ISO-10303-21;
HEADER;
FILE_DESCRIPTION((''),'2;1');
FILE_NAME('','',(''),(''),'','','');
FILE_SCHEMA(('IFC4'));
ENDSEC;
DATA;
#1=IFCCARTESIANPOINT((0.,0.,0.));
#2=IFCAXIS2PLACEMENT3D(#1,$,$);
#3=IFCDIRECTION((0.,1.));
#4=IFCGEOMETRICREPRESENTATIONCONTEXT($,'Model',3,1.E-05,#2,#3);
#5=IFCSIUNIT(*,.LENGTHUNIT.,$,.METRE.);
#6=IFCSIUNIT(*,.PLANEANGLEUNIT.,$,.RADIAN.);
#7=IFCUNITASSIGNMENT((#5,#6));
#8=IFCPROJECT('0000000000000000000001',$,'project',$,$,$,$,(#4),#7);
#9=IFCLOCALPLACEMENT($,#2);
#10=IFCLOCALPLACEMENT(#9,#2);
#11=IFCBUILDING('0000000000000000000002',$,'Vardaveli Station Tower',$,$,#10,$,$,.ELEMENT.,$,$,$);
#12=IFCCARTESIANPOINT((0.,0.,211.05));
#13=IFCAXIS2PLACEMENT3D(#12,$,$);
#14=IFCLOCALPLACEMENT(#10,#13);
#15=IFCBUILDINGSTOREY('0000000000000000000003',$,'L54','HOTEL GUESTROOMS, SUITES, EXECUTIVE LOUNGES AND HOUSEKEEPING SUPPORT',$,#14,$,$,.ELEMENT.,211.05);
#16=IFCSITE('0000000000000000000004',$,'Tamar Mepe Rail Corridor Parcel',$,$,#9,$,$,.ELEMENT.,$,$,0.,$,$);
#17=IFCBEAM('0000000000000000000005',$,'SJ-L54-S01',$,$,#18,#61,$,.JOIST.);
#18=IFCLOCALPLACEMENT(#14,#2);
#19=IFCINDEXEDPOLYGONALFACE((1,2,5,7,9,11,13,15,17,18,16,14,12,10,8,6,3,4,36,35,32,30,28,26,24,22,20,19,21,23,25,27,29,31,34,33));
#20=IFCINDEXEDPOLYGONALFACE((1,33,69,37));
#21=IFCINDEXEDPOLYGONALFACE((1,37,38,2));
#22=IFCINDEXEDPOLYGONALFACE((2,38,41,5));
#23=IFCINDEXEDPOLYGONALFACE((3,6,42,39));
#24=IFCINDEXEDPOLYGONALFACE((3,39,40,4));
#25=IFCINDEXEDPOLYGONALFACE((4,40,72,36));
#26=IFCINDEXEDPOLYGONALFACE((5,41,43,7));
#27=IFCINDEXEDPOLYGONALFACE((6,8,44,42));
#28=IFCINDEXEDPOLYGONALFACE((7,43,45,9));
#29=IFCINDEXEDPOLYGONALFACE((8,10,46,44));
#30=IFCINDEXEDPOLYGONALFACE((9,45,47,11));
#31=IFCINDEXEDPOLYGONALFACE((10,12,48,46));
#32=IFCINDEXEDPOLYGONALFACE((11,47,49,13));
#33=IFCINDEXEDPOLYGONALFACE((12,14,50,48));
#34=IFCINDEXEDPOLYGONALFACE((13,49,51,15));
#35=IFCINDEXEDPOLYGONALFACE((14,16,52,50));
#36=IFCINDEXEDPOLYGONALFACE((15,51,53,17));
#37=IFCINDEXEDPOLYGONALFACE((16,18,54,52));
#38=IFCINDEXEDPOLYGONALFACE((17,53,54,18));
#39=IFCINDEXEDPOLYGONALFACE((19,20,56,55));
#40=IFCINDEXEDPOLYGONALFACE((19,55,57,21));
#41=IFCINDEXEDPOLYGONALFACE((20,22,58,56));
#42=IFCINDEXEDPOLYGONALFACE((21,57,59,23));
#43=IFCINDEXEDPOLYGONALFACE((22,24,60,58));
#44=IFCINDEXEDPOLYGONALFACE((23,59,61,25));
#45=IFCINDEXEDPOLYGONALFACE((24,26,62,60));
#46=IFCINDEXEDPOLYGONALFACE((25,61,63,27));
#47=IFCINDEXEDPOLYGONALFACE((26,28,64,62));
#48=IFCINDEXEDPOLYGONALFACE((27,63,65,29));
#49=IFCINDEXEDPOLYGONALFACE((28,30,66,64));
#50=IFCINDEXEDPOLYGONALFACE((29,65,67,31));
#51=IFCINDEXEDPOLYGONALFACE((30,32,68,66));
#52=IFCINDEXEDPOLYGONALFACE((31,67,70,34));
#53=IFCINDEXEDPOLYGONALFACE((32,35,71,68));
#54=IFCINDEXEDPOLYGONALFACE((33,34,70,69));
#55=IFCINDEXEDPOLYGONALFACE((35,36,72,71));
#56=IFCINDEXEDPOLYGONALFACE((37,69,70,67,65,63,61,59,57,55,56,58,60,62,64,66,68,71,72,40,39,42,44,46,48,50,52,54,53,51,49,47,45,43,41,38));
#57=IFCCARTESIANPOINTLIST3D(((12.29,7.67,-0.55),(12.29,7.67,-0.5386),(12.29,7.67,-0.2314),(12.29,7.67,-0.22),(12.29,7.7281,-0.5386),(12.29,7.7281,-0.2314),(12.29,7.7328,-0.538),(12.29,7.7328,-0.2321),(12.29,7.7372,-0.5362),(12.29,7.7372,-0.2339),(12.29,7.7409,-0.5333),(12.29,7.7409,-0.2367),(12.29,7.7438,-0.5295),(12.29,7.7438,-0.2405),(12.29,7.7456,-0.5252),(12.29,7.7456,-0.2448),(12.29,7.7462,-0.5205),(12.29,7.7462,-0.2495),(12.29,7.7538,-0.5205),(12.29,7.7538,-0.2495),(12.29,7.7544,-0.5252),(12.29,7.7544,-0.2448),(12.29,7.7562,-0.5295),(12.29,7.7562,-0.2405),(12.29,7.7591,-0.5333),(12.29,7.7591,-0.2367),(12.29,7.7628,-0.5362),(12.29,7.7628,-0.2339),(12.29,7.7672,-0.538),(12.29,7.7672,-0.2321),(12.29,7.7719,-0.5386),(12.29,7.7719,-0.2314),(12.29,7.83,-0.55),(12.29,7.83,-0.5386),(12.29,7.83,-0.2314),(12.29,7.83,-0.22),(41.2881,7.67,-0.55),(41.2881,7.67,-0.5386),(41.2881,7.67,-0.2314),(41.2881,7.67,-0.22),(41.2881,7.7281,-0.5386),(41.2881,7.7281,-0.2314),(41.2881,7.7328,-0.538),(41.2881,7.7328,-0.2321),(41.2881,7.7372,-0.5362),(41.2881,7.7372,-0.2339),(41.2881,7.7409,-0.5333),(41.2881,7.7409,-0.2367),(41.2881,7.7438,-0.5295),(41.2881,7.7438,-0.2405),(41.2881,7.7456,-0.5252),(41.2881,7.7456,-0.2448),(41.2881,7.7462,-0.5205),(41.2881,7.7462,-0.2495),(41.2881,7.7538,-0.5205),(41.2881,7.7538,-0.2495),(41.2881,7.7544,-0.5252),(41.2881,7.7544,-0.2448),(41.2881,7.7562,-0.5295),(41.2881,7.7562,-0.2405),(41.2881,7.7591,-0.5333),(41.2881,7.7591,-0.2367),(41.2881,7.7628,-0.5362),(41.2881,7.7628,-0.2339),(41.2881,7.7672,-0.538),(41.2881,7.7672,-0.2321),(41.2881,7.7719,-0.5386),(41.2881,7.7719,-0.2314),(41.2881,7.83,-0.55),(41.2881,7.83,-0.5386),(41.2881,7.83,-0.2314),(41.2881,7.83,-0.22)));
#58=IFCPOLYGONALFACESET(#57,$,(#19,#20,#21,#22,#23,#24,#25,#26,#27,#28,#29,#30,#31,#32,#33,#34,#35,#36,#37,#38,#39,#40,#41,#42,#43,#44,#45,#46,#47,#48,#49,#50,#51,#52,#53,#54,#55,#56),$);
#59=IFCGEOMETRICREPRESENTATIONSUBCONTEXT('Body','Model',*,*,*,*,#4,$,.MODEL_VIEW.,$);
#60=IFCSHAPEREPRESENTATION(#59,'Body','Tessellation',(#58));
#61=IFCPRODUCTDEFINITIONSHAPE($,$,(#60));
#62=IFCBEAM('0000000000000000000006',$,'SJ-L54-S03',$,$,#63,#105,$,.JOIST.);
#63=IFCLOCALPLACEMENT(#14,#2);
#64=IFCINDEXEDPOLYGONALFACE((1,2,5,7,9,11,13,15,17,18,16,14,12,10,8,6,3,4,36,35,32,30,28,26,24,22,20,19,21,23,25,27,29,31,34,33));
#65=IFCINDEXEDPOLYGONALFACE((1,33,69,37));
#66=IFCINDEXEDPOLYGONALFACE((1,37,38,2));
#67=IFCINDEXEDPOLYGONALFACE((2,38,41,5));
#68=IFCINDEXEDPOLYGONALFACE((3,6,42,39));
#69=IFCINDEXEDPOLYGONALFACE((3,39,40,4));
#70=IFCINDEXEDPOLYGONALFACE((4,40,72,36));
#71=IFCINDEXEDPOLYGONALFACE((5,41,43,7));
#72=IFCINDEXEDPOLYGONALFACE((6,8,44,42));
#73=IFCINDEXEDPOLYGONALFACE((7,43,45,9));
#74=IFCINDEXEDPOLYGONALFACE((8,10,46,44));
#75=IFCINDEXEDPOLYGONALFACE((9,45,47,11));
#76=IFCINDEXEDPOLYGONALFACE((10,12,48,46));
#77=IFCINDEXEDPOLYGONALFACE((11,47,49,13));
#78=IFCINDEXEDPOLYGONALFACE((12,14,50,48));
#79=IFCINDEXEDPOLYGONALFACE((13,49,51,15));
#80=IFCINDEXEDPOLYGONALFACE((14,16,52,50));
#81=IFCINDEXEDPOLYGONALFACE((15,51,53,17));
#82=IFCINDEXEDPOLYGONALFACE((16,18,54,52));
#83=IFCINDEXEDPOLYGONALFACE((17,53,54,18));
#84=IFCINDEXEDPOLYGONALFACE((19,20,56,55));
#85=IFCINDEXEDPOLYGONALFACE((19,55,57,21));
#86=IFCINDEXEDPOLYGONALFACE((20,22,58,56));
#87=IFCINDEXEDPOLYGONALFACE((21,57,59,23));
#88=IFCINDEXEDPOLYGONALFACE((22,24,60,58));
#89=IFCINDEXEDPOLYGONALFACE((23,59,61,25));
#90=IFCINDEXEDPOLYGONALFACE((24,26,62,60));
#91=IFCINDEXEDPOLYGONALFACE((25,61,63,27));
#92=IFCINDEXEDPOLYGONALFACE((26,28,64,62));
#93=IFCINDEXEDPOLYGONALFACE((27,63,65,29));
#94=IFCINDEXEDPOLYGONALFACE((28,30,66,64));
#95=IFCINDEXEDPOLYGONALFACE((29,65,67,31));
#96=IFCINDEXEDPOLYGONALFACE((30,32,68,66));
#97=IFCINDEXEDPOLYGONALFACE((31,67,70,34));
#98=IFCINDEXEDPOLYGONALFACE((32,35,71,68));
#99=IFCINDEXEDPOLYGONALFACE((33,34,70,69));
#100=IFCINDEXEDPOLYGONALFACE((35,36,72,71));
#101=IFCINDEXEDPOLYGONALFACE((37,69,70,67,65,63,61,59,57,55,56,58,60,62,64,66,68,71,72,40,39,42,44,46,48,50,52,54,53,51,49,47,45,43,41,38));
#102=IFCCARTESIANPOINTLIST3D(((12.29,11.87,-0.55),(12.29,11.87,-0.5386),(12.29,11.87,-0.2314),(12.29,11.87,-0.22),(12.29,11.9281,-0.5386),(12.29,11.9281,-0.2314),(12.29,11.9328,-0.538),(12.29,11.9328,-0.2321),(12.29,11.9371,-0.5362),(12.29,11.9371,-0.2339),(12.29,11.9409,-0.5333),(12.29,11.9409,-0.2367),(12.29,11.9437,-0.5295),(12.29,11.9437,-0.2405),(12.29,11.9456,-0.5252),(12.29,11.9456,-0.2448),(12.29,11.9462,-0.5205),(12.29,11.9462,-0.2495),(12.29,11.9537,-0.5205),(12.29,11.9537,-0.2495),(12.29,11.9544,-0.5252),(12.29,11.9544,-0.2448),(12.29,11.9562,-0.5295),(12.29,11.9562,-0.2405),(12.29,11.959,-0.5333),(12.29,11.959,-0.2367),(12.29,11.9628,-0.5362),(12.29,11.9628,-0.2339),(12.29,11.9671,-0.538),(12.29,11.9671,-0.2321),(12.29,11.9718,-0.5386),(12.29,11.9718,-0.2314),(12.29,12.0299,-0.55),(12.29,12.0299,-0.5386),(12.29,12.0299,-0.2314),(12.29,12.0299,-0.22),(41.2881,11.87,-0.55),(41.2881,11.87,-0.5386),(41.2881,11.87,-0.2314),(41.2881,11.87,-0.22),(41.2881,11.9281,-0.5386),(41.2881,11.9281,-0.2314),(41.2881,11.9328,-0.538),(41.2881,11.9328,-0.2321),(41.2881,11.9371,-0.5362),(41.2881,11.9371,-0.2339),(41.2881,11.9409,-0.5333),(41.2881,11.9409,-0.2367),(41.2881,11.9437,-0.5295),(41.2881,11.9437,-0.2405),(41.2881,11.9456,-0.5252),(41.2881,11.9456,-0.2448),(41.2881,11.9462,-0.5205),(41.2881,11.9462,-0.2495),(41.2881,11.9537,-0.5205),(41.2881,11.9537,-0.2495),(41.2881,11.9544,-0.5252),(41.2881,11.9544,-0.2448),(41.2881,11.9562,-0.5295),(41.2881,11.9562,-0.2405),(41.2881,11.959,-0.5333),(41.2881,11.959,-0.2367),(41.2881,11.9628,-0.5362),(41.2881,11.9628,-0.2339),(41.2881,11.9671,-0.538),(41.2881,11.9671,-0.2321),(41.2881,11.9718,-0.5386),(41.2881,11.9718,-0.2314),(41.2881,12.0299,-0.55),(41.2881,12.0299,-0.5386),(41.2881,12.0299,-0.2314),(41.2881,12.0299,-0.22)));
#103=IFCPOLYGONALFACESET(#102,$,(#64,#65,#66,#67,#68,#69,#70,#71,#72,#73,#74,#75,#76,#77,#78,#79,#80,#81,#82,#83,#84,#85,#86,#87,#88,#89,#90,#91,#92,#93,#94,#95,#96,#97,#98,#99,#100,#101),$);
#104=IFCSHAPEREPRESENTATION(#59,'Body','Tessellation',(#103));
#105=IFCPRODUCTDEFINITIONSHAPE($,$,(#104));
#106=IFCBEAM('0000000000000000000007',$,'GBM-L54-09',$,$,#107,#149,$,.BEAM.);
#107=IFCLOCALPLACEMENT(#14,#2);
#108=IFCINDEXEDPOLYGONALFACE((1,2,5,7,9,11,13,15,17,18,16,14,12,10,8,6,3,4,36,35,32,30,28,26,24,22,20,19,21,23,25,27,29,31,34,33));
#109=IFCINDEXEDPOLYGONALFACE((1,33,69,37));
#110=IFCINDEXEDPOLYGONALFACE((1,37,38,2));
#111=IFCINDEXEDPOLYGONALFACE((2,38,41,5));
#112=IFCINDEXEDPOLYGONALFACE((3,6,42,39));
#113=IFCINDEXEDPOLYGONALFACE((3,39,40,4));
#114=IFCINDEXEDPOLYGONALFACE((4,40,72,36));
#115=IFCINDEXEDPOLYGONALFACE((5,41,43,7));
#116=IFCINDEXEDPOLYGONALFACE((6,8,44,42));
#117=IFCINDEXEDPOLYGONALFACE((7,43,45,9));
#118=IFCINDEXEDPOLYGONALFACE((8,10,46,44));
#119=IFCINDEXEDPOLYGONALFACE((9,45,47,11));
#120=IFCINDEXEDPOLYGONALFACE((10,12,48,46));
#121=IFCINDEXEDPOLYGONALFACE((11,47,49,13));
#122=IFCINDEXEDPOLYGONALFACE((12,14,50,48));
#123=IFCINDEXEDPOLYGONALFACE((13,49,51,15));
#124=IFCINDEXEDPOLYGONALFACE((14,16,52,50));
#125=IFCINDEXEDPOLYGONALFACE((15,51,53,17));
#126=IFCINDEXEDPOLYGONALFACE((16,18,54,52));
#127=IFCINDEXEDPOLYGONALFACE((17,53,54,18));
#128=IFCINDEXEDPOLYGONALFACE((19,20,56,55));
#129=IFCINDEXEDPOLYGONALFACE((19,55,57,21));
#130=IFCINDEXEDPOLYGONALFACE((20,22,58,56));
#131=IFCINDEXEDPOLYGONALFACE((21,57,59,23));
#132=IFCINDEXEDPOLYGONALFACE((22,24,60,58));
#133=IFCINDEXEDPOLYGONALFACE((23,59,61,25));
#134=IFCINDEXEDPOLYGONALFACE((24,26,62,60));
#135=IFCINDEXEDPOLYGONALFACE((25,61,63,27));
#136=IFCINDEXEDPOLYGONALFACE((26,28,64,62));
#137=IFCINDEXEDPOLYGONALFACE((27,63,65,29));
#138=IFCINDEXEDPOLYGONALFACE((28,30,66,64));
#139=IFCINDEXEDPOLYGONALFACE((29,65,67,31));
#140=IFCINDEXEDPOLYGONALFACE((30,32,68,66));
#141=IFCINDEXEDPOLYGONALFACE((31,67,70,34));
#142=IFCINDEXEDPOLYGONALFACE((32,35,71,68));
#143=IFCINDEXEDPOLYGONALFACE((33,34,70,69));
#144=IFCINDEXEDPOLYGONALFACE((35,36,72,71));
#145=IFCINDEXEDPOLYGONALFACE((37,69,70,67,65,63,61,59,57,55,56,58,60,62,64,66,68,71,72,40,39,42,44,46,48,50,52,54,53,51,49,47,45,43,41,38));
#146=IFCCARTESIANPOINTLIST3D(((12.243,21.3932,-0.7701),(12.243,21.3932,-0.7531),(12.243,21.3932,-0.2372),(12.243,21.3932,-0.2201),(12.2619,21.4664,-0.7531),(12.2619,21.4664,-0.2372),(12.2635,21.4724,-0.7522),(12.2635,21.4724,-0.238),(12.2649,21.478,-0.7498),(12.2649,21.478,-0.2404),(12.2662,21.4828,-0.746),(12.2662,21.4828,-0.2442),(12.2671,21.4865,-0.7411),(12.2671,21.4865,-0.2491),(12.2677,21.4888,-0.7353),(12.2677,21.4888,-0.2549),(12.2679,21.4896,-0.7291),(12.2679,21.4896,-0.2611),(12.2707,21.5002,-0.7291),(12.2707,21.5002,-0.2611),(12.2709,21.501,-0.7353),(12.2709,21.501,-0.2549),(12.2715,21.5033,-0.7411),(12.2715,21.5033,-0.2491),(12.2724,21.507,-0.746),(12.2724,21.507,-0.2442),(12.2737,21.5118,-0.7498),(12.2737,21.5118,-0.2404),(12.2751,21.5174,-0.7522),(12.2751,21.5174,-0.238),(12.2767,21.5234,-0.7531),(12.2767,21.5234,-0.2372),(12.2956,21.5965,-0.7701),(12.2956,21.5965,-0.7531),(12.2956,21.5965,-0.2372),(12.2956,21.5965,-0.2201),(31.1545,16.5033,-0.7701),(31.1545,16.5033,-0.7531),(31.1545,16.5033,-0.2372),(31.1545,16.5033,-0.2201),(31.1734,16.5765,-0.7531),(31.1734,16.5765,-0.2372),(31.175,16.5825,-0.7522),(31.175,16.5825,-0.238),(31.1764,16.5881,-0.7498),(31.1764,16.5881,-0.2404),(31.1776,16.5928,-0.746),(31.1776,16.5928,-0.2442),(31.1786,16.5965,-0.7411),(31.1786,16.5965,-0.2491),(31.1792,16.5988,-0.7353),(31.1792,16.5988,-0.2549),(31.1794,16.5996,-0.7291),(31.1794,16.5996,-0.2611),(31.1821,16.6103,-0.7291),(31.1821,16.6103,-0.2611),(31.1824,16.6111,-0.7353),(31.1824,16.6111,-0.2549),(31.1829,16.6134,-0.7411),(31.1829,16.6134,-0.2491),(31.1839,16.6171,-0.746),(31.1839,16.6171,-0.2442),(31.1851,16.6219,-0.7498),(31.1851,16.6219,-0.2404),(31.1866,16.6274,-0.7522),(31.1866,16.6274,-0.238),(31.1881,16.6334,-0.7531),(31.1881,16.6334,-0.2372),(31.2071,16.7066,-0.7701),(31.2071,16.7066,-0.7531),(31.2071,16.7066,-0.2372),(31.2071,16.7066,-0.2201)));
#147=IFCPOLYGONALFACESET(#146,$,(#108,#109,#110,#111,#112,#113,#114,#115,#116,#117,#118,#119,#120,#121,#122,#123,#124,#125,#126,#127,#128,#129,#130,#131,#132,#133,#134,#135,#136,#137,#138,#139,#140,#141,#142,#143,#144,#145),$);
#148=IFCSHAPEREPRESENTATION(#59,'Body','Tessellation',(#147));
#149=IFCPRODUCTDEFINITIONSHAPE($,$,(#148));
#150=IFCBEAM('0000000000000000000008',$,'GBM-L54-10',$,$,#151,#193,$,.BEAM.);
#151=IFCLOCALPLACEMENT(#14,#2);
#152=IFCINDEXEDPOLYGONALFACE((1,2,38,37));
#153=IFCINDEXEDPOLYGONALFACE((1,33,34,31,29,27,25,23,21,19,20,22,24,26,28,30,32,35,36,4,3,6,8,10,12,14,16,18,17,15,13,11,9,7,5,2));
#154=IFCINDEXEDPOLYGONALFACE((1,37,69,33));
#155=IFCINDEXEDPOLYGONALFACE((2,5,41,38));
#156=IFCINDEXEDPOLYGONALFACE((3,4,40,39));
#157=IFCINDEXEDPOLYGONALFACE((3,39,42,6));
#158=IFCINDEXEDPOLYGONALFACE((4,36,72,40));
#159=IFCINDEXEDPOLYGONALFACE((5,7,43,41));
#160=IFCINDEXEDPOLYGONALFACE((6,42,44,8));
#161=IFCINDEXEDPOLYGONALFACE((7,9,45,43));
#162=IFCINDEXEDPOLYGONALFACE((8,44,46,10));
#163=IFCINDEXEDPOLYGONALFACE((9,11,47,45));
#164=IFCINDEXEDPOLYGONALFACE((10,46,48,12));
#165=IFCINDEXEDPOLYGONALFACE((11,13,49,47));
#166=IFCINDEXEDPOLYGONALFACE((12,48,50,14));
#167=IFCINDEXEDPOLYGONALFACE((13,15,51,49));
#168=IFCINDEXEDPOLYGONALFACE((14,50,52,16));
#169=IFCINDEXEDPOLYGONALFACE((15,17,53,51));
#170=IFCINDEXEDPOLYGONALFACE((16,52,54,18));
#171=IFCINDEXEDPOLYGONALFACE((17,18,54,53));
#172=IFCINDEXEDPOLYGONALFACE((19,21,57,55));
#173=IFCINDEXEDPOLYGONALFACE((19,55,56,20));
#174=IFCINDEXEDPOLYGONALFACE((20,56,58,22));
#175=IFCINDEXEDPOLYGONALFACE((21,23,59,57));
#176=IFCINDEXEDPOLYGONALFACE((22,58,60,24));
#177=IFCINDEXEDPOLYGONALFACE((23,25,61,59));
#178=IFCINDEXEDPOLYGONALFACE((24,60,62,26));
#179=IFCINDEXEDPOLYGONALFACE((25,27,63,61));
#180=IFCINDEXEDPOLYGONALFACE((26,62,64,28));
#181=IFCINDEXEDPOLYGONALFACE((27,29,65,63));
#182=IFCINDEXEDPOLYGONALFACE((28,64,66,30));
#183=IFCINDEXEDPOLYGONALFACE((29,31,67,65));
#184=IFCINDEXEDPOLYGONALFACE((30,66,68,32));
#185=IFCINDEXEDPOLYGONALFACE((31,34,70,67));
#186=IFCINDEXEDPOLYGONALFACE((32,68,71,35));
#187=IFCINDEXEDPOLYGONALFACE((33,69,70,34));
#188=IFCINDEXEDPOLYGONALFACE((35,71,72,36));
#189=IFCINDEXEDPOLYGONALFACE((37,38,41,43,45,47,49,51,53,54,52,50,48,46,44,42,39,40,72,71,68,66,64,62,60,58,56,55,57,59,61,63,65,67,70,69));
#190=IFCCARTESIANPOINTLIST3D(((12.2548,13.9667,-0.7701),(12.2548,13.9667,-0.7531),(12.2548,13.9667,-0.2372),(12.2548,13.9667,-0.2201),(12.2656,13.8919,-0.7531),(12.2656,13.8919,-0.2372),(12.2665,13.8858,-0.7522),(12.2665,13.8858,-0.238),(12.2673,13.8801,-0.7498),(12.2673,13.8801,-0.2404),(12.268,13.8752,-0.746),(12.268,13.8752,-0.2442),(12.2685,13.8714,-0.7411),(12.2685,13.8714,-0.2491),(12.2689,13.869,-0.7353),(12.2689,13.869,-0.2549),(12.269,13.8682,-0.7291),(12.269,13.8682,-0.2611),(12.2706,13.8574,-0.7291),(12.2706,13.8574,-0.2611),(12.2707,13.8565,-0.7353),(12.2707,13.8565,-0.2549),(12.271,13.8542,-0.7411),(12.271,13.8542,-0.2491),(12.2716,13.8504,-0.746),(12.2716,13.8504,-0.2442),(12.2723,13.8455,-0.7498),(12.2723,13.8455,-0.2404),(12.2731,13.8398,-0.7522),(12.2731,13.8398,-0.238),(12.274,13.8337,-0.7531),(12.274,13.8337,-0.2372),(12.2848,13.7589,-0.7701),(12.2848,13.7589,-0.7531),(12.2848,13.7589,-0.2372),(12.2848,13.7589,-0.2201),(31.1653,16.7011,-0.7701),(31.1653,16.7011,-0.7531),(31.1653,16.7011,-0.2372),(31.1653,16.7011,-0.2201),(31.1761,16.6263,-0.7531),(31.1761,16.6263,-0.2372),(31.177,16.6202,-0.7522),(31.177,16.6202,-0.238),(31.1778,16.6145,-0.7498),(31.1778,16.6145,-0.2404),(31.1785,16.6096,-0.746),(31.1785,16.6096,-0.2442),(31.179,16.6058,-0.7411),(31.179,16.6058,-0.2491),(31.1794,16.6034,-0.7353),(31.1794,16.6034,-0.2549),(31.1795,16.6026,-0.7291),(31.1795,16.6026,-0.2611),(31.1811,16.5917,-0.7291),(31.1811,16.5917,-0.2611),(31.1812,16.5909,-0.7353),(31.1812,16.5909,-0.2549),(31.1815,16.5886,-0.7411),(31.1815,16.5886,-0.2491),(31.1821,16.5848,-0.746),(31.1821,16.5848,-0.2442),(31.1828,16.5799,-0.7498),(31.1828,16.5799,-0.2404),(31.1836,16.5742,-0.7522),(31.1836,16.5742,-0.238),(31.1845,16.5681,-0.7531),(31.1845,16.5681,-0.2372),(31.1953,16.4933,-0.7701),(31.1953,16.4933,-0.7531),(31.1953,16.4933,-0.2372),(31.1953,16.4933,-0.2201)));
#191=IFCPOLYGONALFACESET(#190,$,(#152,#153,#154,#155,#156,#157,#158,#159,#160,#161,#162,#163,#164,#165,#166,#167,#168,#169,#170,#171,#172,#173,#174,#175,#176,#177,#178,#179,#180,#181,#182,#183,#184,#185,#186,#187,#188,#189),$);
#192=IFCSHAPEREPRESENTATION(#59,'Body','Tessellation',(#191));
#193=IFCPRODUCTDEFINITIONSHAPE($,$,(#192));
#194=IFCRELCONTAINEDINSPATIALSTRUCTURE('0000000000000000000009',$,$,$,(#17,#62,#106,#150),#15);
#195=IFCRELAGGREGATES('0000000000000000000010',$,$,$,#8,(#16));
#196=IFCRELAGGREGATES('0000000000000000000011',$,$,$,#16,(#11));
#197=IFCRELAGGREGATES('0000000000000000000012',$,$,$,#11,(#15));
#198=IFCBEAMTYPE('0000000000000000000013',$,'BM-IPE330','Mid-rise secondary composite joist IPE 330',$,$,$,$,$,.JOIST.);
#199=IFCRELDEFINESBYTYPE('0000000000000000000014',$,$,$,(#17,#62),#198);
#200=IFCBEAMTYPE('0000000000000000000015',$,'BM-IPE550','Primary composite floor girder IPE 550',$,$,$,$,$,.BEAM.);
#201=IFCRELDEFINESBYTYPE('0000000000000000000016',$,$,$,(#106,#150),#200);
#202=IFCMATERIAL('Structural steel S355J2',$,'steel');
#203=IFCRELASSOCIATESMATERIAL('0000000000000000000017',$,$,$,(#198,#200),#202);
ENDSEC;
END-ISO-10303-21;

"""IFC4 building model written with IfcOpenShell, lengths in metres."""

from ifc_helpers import new_model, si_unit, direction, frame, origin, origin_2d, place, context, subcontext, project, spatial, i_section, extrude, source, transform, mapped, material, material_profile, profile_set, type_object, element, save


model = new_model("IFC4")

# Units and contexts
model_context = context("Model", 3, precision=1e-05, world=origin(), true_north=direction((0.0, 1.0)))
body_context = subcontext(model_context, "Body", "Model", "MODEL_VIEW")
ifc_project = project(units=[si_unit("LENGTHUNIT", "METRE"), si_unit("PLANEANGLEUNIT", "RADIAN")], contexts=[model_context])

# Site, building, storey
site_placement = place(None, origin())
site = spatial("IfcSite", under=ifc_project, at=site_placement, Name="Tamar Mepe Rail Corridor Parcel", CompositionType="ELEMENT", RefElevation=0.0)
building_placement = place(site_placement, origin())
building = spatial("IfcBuilding", under=site, at=building_placement, Name="Vardaveli Station Tower", CompositionType="ELEMENT")
storey_placement = place(building_placement, frame((0.0, 0.0, 211.05)))
storey = spatial("IfcBuildingStorey", under=building, at=storey_placement, Name="L54", Description="HOTEL GUESTROOMS, SUITES, EXECUTIVE LOUNGES AND HOUSEKEEPING SUPPORT", CompositionType="ELEMENT", Elevation=211.05)

# Beams
ifc_material_1 = material(Name="Structural steel S355J2", Category="steel")
ifc_material_profile_1 = material_profile(ifc_material_1, i_section(OverallWidth=0.1599, OverallDepth=0.3301, WebThickness=0.0076, FlangeThickness=0.0115, FilletRadius=0.0181, at=origin_2d()), Name="IPE 330")
ifc_profile_set_1 = profile_set([ifc_material_profile_1], Name="Structural steel S355J2")
beam_type_1 = type_object("IfcBeamType", Name="BM-IPE330", Description="Mid-rise secondary composite joist IPE 330", PredefinedType="JOIST", material=ifc_profile_set_1)
shared_shape_1 = source(origin(), body_context, "Body", "SweptSolid", [
    extrude(i_section(OverallWidth=0.1599, OverallDepth=0.3301, WebThickness=0.0076, FlangeThickness=0.0115, FilletRadius=0.0181, at=origin_2d()), origin(), (0.0, 0.0, 1.0), 28.998),
])
for number, where, z_axis, x_axis, name in (
    (1, (12.29, 7.75, -0.385), (1.0, 0.0, 0.0), (0.0, 1.0, 0.0), "SJ-L54-S01"),
    (2, (12.29, 11.95, -0.385), (1.0, 0.0, 0.0), (0.0, 1.0, 0.0), "SJ-L54-S03"),
):
    element("IfcBeam", number, at=place(storey_placement, frame(where, z_axis=z_axis, x_axis=x_axis)), inside=storey, type_object=beam_type_1, Name=name, PredefinedType="JOIST", context=body_context, shape_type="MappedRepresentation", body=[
        mapped(shared_shape_1, transform((0.0, 0.0, 0.0), scale=1.0)),
    ])
ifc_material_profile_2 = material_profile(ifc_material_1, i_section(OverallWidth=0.21, OverallDepth=0.55, WebThickness=0.011, FlangeThickness=0.0171, FilletRadius=0.0239, at=origin_2d()), Name="IPE 550")
ifc_profile_set_2 = profile_set([ifc_material_profile_2], Name="Structural steel S355J2")
beam_type_2 = type_object("IfcBeamType", Name="BM-IPE550", Description="Primary composite floor girder IPE 550", PredefinedType="BEAM", material=ifc_profile_set_2)
shared_shape_2 = source(origin(), body_context, "Body", "SweptSolid", [
    extrude(i_section(OverallWidth=0.21, OverallDepth=0.55, WebThickness=0.011, FlangeThickness=0.0171, FilletRadius=0.0239, at=origin_2d()), origin(), (0.0, 0.0, 1.0), 19.5334),
])
beam_1_placement = place(storey_placement, frame((12.2693, 21.4949, -0.4951), z_axis=(0.968159, -0.250336, 0.0), x_axis=(0.250336, 0.968159, 0.0)))
element("IfcBeam", 3, at=beam_1_placement, inside=storey, type_object=beam_type_2, Name="GBM-L54-09", PredefinedType="BEAM", context=body_context, shape_type="MappedRepresentation", body=[
    mapped(shared_shape_2, transform((0.0, 0.0, 0.0), scale=1.0)),
])
shared_shape_3 = source(origin(), body_context, "Body", "SweptSolid", [
    extrude(i_section(OverallWidth=0.21, OverallDepth=0.55, WebThickness=0.011, FlangeThickness=0.0171, FilletRadius=0.0239, at=origin_2d()), origin(), (0.0, 0.0, 1.0), 19.1072),
])
beam_2_placement = place(storey_placement, frame((12.2698, 13.8628, -0.4951), z_axis=(0.989707, 0.143108, 0.0), x_axis=(-0.143108, 0.989707, 0.0)))
element("IfcBeam", 4, at=beam_2_placement, inside=storey, type_object=beam_type_2, Name="GBM-L54-10", PredefinedType="BEAM", context=body_context, shape_type="MappedRepresentation", body=[
    mapped(shared_shape_3, transform((0.0, 0.0, 0.0), scale=1.0)),
])

save(model, "model.ifc")
